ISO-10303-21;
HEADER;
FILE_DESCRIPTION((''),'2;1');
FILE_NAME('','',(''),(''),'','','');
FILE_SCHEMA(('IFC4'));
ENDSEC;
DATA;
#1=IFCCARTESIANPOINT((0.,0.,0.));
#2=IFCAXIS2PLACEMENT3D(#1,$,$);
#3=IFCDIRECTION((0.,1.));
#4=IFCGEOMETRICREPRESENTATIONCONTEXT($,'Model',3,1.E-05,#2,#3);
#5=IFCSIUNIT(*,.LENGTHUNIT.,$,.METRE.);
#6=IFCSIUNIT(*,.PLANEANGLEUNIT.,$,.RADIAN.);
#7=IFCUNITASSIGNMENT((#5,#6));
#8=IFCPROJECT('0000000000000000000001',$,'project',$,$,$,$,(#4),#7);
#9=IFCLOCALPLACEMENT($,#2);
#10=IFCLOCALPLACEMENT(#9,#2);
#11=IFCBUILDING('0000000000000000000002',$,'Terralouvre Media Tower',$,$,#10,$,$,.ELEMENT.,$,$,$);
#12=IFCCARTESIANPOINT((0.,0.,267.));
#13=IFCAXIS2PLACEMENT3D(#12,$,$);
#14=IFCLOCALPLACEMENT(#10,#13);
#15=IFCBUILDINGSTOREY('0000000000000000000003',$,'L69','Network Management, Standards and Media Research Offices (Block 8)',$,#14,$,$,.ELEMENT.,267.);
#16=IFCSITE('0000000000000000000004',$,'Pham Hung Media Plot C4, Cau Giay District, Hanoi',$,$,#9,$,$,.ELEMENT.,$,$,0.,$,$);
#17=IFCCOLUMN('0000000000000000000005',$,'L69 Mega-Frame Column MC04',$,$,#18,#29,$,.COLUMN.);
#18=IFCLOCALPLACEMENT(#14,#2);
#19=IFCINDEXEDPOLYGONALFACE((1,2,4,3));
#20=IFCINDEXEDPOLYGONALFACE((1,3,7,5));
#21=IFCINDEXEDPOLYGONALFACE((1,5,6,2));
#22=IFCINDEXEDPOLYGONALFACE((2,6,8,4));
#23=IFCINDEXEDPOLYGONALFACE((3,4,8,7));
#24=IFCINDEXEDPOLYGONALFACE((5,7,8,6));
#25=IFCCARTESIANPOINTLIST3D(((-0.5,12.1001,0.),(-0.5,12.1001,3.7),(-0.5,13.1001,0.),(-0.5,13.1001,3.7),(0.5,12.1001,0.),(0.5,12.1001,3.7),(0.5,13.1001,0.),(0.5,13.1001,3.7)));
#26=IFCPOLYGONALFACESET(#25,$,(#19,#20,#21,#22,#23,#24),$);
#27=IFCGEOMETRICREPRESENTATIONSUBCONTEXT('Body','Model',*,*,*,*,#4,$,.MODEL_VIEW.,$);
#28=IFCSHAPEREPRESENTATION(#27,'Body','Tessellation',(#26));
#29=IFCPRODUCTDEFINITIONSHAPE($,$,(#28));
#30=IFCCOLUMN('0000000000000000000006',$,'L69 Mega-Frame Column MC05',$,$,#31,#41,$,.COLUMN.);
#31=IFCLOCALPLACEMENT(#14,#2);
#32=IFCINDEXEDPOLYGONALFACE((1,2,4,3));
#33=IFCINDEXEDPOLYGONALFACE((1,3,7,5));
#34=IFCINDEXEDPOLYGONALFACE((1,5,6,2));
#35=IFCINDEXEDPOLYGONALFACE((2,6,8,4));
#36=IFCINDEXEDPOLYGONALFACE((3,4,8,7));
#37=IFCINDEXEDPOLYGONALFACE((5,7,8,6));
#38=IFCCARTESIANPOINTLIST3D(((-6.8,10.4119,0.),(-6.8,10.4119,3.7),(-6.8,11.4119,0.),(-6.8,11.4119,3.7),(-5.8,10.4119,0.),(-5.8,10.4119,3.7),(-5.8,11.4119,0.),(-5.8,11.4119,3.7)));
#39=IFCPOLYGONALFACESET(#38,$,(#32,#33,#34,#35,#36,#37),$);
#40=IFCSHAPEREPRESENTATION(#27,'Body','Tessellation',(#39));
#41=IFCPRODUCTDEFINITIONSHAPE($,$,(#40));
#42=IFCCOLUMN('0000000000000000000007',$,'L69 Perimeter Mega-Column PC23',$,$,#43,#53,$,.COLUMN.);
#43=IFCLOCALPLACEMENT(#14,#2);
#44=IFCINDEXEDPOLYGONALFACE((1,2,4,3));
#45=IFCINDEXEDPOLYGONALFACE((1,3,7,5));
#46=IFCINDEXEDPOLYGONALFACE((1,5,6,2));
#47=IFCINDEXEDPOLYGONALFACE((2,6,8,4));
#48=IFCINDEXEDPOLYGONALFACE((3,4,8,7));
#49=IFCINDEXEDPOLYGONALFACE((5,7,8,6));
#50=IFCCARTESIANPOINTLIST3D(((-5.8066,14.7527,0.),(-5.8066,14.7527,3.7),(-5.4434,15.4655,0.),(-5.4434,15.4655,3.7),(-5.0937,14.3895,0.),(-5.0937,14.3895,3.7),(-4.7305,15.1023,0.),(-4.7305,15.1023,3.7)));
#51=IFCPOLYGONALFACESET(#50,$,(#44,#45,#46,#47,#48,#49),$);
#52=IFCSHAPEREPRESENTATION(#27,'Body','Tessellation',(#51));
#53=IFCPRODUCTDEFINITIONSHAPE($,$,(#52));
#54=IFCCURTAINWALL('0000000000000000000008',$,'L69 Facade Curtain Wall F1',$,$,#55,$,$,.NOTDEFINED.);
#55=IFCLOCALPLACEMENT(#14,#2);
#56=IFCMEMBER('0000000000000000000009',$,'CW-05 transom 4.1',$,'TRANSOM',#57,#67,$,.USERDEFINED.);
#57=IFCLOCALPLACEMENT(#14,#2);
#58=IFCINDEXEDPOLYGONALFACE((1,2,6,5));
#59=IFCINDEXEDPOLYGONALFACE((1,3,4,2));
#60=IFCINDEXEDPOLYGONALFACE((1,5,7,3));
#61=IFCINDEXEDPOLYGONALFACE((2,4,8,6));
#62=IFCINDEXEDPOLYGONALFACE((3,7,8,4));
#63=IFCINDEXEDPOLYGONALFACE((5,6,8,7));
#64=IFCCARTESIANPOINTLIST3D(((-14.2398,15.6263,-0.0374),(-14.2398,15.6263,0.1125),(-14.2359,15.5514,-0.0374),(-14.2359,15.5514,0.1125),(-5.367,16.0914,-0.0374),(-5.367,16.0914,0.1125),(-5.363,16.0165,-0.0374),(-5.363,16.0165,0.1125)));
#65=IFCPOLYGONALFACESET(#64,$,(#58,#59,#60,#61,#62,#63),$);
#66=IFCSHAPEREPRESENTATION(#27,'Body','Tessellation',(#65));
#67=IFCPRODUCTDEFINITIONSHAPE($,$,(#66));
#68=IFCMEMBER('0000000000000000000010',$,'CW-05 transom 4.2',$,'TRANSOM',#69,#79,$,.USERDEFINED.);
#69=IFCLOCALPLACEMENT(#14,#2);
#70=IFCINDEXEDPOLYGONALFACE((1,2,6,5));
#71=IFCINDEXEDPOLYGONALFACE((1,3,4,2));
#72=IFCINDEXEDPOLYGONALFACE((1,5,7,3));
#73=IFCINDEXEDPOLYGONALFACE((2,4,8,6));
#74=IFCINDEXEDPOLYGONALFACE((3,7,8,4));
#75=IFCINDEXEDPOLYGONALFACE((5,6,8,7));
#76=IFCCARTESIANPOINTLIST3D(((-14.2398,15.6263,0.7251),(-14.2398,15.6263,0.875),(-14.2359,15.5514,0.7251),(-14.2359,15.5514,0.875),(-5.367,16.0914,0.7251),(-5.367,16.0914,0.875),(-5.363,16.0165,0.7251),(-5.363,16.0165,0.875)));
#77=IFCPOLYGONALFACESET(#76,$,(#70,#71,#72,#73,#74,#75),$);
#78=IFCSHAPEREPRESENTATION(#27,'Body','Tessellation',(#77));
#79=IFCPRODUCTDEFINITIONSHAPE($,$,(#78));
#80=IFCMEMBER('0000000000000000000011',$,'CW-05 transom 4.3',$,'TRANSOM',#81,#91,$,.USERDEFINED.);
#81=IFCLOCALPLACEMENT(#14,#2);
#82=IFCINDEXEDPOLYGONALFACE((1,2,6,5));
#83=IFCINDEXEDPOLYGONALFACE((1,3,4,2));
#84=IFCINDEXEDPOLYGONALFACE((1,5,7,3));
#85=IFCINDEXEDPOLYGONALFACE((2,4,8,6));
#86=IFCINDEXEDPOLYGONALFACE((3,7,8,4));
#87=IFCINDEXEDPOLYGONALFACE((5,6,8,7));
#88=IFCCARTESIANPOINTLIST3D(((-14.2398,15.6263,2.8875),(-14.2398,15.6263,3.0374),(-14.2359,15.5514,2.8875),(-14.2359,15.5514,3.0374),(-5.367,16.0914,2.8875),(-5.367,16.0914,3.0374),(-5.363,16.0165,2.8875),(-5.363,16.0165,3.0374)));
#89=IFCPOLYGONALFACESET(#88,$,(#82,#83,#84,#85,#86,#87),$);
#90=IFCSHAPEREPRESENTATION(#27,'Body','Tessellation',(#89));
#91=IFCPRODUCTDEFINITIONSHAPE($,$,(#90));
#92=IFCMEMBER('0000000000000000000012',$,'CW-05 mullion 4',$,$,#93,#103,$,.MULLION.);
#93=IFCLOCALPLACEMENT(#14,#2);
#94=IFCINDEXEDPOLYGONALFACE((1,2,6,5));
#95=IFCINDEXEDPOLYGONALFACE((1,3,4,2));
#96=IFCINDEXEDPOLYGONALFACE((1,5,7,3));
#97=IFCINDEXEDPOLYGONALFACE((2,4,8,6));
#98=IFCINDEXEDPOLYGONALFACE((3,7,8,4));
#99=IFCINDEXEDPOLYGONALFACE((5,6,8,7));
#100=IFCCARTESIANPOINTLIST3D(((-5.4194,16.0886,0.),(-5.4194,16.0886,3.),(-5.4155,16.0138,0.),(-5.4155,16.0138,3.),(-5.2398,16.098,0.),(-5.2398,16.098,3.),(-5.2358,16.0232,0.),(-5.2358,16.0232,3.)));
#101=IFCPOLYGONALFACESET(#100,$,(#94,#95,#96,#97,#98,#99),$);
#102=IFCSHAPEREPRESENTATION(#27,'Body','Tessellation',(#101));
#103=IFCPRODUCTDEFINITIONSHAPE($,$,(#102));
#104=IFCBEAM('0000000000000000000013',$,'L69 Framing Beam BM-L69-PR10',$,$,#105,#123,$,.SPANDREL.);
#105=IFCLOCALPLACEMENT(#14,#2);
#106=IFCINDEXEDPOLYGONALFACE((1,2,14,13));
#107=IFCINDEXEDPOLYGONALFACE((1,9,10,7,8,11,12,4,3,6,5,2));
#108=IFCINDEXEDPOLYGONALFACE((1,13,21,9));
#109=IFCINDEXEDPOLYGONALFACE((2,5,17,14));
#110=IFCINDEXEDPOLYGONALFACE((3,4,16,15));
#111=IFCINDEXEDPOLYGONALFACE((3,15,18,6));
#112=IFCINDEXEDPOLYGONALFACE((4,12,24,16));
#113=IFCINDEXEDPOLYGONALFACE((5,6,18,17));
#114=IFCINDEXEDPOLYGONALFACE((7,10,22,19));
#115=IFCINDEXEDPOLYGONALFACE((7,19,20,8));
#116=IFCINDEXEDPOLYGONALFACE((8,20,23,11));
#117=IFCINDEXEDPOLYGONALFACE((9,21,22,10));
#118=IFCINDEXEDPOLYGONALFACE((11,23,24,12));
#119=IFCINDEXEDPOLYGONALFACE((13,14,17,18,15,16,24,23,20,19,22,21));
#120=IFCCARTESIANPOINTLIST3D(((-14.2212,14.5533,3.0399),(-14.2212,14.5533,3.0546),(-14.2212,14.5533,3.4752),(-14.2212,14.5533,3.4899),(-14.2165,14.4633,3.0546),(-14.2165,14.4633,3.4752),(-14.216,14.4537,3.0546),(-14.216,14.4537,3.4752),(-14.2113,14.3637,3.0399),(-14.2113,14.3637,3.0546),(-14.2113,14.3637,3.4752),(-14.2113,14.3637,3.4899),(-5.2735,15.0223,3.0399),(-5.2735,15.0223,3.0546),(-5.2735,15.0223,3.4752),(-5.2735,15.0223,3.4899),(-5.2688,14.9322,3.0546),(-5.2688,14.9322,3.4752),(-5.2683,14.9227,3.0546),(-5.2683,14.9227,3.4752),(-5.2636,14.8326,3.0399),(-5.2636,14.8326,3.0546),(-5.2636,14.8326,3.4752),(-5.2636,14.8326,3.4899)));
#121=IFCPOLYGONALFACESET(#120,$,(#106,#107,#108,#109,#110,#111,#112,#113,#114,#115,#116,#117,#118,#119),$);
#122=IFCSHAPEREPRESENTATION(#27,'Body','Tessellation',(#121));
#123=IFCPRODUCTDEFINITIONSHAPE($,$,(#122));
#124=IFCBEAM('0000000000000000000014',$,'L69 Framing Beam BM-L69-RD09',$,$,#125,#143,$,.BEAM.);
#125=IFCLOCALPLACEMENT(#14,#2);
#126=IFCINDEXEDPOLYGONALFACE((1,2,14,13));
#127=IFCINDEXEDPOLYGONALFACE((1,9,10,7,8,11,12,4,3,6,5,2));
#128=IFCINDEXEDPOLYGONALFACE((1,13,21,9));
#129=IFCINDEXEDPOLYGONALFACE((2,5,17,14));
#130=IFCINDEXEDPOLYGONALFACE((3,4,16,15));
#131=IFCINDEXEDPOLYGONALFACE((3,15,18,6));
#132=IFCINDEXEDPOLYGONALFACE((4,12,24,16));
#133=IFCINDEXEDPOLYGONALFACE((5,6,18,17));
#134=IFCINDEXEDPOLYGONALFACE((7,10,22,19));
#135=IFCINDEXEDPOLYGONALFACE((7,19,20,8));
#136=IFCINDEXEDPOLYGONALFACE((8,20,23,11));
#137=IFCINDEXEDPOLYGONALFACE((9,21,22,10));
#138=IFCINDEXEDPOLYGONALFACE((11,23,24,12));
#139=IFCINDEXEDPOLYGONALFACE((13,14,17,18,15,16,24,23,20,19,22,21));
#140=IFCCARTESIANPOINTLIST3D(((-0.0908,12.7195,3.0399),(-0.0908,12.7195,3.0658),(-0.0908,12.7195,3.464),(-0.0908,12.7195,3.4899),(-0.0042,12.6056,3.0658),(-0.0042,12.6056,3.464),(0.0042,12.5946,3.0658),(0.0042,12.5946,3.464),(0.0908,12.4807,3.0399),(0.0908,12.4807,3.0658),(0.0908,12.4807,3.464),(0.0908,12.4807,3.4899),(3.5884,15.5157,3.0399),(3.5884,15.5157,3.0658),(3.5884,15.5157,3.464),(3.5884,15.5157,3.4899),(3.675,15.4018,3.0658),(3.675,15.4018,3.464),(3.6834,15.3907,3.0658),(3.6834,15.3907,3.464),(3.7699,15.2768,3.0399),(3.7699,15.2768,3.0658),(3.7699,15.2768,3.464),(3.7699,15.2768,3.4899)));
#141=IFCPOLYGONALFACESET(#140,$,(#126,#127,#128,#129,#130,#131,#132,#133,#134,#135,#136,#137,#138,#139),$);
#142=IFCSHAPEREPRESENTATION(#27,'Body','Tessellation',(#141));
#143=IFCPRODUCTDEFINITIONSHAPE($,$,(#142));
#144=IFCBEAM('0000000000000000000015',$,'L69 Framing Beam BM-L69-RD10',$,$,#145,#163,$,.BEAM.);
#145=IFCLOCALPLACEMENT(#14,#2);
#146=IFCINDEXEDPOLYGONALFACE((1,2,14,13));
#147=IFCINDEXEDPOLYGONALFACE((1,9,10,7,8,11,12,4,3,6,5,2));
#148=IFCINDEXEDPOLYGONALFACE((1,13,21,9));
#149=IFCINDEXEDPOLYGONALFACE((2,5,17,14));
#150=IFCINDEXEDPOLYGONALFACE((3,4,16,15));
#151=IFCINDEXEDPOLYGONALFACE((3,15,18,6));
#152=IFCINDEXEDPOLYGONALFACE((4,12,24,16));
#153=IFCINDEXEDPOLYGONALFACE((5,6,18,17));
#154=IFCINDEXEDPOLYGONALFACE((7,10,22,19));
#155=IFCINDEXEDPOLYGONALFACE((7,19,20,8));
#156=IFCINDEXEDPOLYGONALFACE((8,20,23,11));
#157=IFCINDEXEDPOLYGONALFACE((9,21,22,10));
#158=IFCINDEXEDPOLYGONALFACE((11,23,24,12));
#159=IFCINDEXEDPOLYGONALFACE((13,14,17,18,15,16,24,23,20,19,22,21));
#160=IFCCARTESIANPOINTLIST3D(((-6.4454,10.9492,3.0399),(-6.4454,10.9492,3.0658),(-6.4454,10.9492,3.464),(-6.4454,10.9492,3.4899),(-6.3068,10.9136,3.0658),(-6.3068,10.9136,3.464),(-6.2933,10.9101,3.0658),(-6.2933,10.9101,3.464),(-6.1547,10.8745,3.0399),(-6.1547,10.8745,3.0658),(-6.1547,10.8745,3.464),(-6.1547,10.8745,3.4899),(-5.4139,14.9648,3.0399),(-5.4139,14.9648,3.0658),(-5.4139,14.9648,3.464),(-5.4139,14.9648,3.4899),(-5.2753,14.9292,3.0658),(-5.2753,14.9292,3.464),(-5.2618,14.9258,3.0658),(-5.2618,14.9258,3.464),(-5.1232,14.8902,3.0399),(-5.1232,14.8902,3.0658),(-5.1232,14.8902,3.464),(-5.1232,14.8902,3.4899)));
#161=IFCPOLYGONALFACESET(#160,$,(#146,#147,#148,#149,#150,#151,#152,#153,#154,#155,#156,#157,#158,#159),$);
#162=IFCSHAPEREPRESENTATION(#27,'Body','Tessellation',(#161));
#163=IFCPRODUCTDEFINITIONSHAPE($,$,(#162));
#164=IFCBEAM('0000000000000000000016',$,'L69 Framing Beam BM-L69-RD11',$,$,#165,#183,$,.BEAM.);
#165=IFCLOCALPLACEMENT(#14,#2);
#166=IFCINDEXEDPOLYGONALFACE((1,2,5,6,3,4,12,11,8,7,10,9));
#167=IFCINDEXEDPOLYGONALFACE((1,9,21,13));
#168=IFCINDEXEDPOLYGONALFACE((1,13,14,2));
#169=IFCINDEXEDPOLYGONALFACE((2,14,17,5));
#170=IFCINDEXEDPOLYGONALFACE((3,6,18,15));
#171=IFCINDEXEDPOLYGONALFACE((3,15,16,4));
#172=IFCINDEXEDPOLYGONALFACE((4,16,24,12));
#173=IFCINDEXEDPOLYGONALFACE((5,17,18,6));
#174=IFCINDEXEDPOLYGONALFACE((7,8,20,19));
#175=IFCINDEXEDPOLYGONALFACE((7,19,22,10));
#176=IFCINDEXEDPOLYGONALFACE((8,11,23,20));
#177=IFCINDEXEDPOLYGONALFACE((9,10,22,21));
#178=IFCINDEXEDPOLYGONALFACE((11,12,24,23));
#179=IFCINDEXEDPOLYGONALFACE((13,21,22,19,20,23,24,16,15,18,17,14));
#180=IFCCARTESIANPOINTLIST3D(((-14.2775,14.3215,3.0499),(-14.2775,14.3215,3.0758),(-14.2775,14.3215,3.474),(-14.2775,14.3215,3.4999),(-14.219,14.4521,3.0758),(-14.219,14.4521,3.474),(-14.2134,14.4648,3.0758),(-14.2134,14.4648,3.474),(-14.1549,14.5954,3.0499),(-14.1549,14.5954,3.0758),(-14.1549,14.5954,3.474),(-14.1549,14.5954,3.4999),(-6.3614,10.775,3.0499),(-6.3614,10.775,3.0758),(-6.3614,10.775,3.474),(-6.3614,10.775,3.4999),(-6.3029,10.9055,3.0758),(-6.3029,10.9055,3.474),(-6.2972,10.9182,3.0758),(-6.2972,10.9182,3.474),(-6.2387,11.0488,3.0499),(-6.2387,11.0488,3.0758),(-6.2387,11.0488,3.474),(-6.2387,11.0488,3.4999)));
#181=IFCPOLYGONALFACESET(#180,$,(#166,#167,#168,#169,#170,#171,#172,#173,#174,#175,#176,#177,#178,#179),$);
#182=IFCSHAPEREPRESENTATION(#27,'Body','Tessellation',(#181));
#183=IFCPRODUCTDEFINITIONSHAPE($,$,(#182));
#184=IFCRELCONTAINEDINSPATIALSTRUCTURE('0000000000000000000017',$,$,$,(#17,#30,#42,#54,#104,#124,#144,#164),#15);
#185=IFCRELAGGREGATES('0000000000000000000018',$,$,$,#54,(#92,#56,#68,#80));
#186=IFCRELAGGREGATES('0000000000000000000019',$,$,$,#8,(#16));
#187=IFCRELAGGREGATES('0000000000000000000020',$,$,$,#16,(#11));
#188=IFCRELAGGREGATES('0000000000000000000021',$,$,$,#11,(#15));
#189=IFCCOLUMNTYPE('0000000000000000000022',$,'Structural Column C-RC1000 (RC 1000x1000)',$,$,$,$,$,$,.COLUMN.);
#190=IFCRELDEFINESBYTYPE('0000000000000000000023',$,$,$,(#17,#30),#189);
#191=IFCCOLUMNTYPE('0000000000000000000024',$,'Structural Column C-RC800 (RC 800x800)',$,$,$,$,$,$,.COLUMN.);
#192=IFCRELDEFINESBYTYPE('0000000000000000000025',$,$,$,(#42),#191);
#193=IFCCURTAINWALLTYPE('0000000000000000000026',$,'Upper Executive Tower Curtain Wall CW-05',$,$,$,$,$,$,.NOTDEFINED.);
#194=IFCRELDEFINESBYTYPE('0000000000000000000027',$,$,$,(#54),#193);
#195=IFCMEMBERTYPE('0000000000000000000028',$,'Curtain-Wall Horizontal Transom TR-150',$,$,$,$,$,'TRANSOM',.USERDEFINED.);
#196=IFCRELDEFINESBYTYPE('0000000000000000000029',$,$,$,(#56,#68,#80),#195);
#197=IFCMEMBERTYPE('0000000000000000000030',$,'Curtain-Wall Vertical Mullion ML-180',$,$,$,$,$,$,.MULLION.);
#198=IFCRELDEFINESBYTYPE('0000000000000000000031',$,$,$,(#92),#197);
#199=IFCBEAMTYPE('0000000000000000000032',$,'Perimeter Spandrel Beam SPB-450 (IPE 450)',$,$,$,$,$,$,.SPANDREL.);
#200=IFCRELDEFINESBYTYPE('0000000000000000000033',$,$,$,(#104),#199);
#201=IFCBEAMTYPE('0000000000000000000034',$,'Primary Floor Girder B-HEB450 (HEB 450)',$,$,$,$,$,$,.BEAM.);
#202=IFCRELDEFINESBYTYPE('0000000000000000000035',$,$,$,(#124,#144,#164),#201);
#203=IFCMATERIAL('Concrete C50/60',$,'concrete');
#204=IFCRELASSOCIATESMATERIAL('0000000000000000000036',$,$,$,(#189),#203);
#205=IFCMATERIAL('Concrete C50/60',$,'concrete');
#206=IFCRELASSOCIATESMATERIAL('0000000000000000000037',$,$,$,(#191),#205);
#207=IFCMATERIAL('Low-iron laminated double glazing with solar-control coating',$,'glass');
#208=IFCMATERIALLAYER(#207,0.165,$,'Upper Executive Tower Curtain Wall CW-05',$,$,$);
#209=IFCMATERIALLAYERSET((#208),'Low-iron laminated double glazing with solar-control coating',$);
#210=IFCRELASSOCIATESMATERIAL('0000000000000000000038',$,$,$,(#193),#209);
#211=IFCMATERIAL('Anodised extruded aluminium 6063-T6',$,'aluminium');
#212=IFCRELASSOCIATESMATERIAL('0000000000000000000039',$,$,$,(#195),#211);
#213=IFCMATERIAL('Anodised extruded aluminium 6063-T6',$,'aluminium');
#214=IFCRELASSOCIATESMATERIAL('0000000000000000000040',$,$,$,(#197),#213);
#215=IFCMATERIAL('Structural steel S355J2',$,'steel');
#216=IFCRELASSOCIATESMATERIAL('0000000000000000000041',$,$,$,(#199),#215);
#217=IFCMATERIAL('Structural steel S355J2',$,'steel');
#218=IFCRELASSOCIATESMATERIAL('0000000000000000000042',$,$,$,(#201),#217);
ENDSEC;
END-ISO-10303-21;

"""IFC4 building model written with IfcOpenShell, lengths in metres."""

from ifc_helpers import new_model, si_unit, direction, frame, origin, origin_2d, place, context, subcontext, project, spatial, rectangle, i_section, extrude, material, layer, layer_set, material_profile, profile_set, type_object, element, aggregate, save


model = new_model("IFC4")

# Units and contexts
model_context = context("Model", 3, precision=1e-05, world=origin(), true_north=direction((0.0, 1.0)))
body_context = subcontext(model_context, "Body", "Model", "MODEL_VIEW")
ifc_project = project(units=[si_unit("LENGTHUNIT", "METRE"), si_unit("PLANEANGLEUNIT", "RADIAN")], contexts=[model_context])

# Site, building, storey
site_placement = place(None, origin())
site = spatial("IfcSite", under=ifc_project, at=site_placement, Name="Pham Hung Media Plot C4, Cau Giay District, Hanoi", CompositionType="ELEMENT", RefElevation=0.0)
building_placement = place(site_placement, origin())
building = spatial("IfcBuilding", under=site, at=building_placement, Name="Terralouvre Media Tower", CompositionType="ELEMENT")
storey_placement = place(building_placement, frame((0.0, 0.0, 267.0)))
storey = spatial("IfcBuildingStorey", under=building, at=storey_placement, Name="L69", Description="Network Management, Standards and Media Research Offices (Block 8)", CompositionType="ELEMENT", Elevation=267.0)

# Columns
ifc_material_1 = material(Name="Concrete C50/60", Category="concrete")
ifc_material_profile_1 = material_profile(ifc_material_1, rectangle(XDim=1.0, YDim=1.0, at=origin_2d()), Name="RC 1000x1000")
ifc_profile_set_1 = profile_set([ifc_material_profile_1], Name="Concrete C50/60")
column_type_1 = type_object("IfcColumnType", Name="Structural Column C-RC1000 (RC 1000x1000)", PredefinedType="COLUMN", material=ifc_profile_set_1)
for number, where, z_axis, x_axis, name in (
    (1, (0.0, 12.6001, 0.0), (0.0, 0.0, 1.0), (1.0, 0.0, 0.0), "L69 Mega-Frame Column MC04"),
    (2, (-6.3, 10.9119, 0.0), (0.0, 0.0, 1.0), (1.0, 0.0, 0.0), "L69 Mega-Frame Column MC05"),
):
    element("IfcColumn", number, at=place(storey_placement, frame(where, z_axis=z_axis, x_axis=x_axis)), inside=storey, type_object=column_type_1, Name=name, PredefinedType="COLUMN", context=body_context, shape_type="SweptSolid", body=[
        extrude(rectangle(XDim=1.0, YDim=1.0, at=origin_2d()), origin(), (0.0, 0.0, 1.0), 3.7),
    ])
ifc_material_2 = material(Name="Concrete C50/60", Category="concrete")
ifc_material_profile_2 = material_profile(ifc_material_2, rectangle(XDim=0.8, YDim=0.8, at=origin_2d()), Name="RC 800x800")
ifc_profile_set_2 = profile_set([ifc_material_profile_2], Name="Concrete C50/60")
column_type_2 = type_object("IfcColumnType", Name="Structural Column C-RC800 (RC 800x800)", PredefinedType="COLUMN", material=ifc_profile_set_2)
column_placement = place(storey_placement, frame((-5.2686, 14.9275, 0.0), z_axis=(0.0, 0.0, 1.0), x_axis=(0.45399, 0.891007, 0.0)))
element("IfcColumn", 3, at=column_placement, inside=storey, type_object=column_type_2, Name="L69 Perimeter Mega-Column PC23", PredefinedType="COLUMN", context=body_context, shape_type="SweptSolid", body=[
    extrude(rectangle(XDim=0.8, YDim=0.8, at=origin_2d()), origin(), (0.0, 0.0, 1.0), 3.7),
])

# Curtain wall, members
ifc_material_3 = material(Name="Low-iron laminated double glazing with solar-control coating", Category="glass")
ifc_layer_1 = layer(ifc_material_3, 0.165, Name="Upper Executive Tower Curtain Wall CW-05")
ifc_layer_set_1 = layer_set([ifc_layer_1], Name="Low-iron laminated double glazing with solar-control coating")
curtain_wall_type = type_object("IfcCurtainWallType", Name="Upper Executive Tower Curtain Wall CW-05", PredefinedType="NOTDEFINED", material=ifc_layer_set_1)
curtain_wall_placement = place(storey_placement, origin())
curtain_wall = element("IfcCurtainWall", 4, at=curtain_wall_placement, inside=storey, type_object=curtain_wall_type, Name="L69 Facade Curtain Wall F1", PredefinedType="NOTDEFINED")
ifc_material_4 = material(Name="Anodised extruded aluminium 6063-T6", Category="aluminium")
ifc_material_profile_3 = material_profile(ifc_material_4, rectangle(XDim=0.075, YDim=0.1499, at=origin_2d()), Name="ALU 75x150")
ifc_profile_set_3 = profile_set([ifc_material_profile_3], Name="Anodised extruded aluminium 6063-T6")
member_type_1 = type_object("IfcMemberType", Name="Curtain-Wall Horizontal Transom TR-150", ElementType="TRANSOM", PredefinedType="USERDEFINED", material=ifc_profile_set_3)
member_1_placement = place(storey_placement, frame((-5.365, 16.054, 0.0376), z_axis=(-0.998629, -0.052345, 0.0), x_axis=(0.052345, -0.998629, 0.0)))
member_1 = element("IfcMember", 5, at=member_1_placement, type_object=member_type_1, Name="CW-05 transom 4.1", ObjectType="TRANSOM", PredefinedType="USERDEFINED", context=body_context, shape_type="SweptSolid", body=[
    extrude(rectangle(XDim=0.075, YDim=0.1499, at=origin_2d()), origin(), (0.0, 0.0, 1.0), 8.885),
])
member_2_placement = place(storey_placement, frame((-5.365, 16.054, 0.8), z_axis=(-0.998629, -0.052345, 0.0), x_axis=(0.052345, -0.998629, 0.0)))
member_2 = element("IfcMember", 6, at=member_2_placement, type_object=member_type_1, Name="CW-05 transom 4.2", ObjectType="TRANSOM", PredefinedType="USERDEFINED", context=body_context, shape_type="SweptSolid", body=[
    extrude(rectangle(XDim=0.075, YDim=0.1499, at=origin_2d()), origin(), (0.0, 0.0, 1.0), 8.885),
])
member_3_placement = place(storey_placement, frame((-5.365, 16.054, 2.9624), z_axis=(-0.998629, -0.052345, 0.0), x_axis=(0.052345, -0.998629, 0.0)))
member_3 = element("IfcMember", 7, at=member_3_placement, type_object=member_type_1, Name="CW-05 transom 4.3", ObjectType="TRANSOM", PredefinedType="USERDEFINED", context=body_context, shape_type="SweptSolid", body=[
    extrude(rectangle(XDim=0.075, YDim=0.1499, at=origin_2d()), origin(), (0.0, 0.0, 1.0), 8.885),
])
ifc_material_5 = material(Name="Anodised extruded aluminium 6063-T6", Category="aluminium")
ifc_material_profile_4 = material_profile(ifc_material_5, rectangle(XDim=0.075, YDim=0.1799, at=origin_2d()), Name="ALU 75x180")
ifc_profile_set_4 = profile_set([ifc_material_profile_4], Name="Anodised extruded aluminium 6063-T6")
member_type_2 = type_object("IfcMemberType", Name="Curtain-Wall Vertical Mullion ML-180", PredefinedType="MULLION", material=ifc_profile_set_4)
member_4_placement = place(storey_placement, frame((-5.3276, 16.0559, 0.0), z_axis=(0.0, 0.0, 1.0), x_axis=(0.052336, -0.99863, 0.0)))
member_4 = element("IfcMember", 8, at=member_4_placement, type_object=member_type_2, Name="CW-05 mullion 4", PredefinedType="MULLION", context=body_context, shape_type="SweptSolid", body=[
    extrude(rectangle(XDim=0.075, YDim=0.1799, at=origin_2d()), origin(), (0.0, 0.0, 1.0), 3.0),
])

# Beams
ifc_material_6 = material(Name="Structural steel S355J2", Category="steel")
ifc_material_profile_5 = material_profile(ifc_material_6, i_section(OverallWidth=0.1899, OverallDepth=0.45, WebThickness=0.0095, FlangeThickness=0.0146, at=origin_2d()), Name="IPE 450")
ifc_profile_set_5 = profile_set([ifc_material_profile_5], Name="Structural steel S355J2")
beam_type_1 = type_object("IfcBeamType", Name="Perimeter Spandrel Beam SPB-450 (IPE 450)", PredefinedType="SPANDREL", material=ifc_profile_set_5)
beam_1_placement = place(storey_placement, frame((-5.2686, 14.9275, 3.2649), z_axis=(-0.998629, -0.052343, 0.0), x_axis=(0.052343, -0.998629, 0.0)))
element("IfcBeam", 9, at=beam_1_placement, inside=storey, type_object=beam_type_1, Name="L69 Framing Beam BM-L69-PR10", PredefinedType="SPANDREL", context=body_context, shape_type="SweptSolid", body=[
    extrude(i_section(OverallWidth=0.1899, OverallDepth=0.45, WebThickness=0.0095, FlangeThickness=0.0146, at=origin_2d()), origin(), (0.0, 0.0, 1.0), 8.96),
])
ifc_material_7 = material(Name="Structural steel S355J2", Category="steel")
ifc_material_profile_6 = material_profile(ifc_material_7, i_section(OverallWidth=0.3, OverallDepth=0.45, WebThickness=0.0139, FlangeThickness=0.0259, at=origin_2d()), Name="HEB 450")
ifc_profile_set_6 = profile_set([ifc_material_profile_6], Name="Structural steel S355J2")
beam_type_2 = type_object("IfcBeamType", Name="Primary Floor Girder B-HEB450 (HEB 450)", PredefinedType="BEAM", material=ifc_profile_set_6)
beam_2_placement = place(storey_placement, frame((0.0, 12.6001, 3.2649), z_axis=(0.796167, 0.605077, 0.0), x_axis=(-0.605077, 0.796167, 0.0)))
element("IfcBeam", 10, at=beam_2_placement, inside=storey, type_object=beam_type_2, Name="L69 Framing Beam BM-L69-RD09", PredefinedType="BEAM", context=body_context, shape_type="SweptSolid", body=[
    extrude(i_section(OverallWidth=0.3, OverallDepth=0.45, WebThickness=0.0139, FlangeThickness=0.0259, at=origin_2d()), origin(), (0.0, 0.0, 1.0), 4.6211),
])
beam_3_placement = place(storey_placement, frame((-6.3, 10.9119, 3.2649), z_axis=(0.248793, 0.968557, 0.0), x_axis=(-0.968557, 0.248793, 0.0)))
element("IfcBeam", 11, at=beam_3_placement, inside=storey, type_object=beam_type_2, Name="L69 Framing Beam BM-L69-RD10", PredefinedType="BEAM", context=body_context, shape_type="SweptSolid", body=[
    extrude(i_section(OverallWidth=0.3, OverallDepth=0.45, WebThickness=0.0139, FlangeThickness=0.0259, at=origin_2d()), origin(), (0.0, 0.0, 1.0), 4.146),
])
beam_4_placement = place(storey_placement, frame((-6.3, 10.9119, 3.2749), z_axis=(-0.912597, 0.40886, 0.0), x_axis=(-0.40886, -0.912597, 0.0)))
element("IfcBeam", 12, at=beam_4_placement, inside=storey, type_object=beam_type_2, Name="L69 Framing Beam BM-L69-RD11", PredefinedType="BEAM", context=body_context, shape_type="SweptSolid", body=[
    extrude(i_section(OverallWidth=0.3, OverallDepth=0.45, WebThickness=0.0139, FlangeThickness=0.0259, at=origin_2d()), origin(), (0.0, 0.0, 1.0), 8.6743),
])

aggregate(curtain_wall, [member_4, member_1, member_2, member_3])

save(model, "model.ifc")
